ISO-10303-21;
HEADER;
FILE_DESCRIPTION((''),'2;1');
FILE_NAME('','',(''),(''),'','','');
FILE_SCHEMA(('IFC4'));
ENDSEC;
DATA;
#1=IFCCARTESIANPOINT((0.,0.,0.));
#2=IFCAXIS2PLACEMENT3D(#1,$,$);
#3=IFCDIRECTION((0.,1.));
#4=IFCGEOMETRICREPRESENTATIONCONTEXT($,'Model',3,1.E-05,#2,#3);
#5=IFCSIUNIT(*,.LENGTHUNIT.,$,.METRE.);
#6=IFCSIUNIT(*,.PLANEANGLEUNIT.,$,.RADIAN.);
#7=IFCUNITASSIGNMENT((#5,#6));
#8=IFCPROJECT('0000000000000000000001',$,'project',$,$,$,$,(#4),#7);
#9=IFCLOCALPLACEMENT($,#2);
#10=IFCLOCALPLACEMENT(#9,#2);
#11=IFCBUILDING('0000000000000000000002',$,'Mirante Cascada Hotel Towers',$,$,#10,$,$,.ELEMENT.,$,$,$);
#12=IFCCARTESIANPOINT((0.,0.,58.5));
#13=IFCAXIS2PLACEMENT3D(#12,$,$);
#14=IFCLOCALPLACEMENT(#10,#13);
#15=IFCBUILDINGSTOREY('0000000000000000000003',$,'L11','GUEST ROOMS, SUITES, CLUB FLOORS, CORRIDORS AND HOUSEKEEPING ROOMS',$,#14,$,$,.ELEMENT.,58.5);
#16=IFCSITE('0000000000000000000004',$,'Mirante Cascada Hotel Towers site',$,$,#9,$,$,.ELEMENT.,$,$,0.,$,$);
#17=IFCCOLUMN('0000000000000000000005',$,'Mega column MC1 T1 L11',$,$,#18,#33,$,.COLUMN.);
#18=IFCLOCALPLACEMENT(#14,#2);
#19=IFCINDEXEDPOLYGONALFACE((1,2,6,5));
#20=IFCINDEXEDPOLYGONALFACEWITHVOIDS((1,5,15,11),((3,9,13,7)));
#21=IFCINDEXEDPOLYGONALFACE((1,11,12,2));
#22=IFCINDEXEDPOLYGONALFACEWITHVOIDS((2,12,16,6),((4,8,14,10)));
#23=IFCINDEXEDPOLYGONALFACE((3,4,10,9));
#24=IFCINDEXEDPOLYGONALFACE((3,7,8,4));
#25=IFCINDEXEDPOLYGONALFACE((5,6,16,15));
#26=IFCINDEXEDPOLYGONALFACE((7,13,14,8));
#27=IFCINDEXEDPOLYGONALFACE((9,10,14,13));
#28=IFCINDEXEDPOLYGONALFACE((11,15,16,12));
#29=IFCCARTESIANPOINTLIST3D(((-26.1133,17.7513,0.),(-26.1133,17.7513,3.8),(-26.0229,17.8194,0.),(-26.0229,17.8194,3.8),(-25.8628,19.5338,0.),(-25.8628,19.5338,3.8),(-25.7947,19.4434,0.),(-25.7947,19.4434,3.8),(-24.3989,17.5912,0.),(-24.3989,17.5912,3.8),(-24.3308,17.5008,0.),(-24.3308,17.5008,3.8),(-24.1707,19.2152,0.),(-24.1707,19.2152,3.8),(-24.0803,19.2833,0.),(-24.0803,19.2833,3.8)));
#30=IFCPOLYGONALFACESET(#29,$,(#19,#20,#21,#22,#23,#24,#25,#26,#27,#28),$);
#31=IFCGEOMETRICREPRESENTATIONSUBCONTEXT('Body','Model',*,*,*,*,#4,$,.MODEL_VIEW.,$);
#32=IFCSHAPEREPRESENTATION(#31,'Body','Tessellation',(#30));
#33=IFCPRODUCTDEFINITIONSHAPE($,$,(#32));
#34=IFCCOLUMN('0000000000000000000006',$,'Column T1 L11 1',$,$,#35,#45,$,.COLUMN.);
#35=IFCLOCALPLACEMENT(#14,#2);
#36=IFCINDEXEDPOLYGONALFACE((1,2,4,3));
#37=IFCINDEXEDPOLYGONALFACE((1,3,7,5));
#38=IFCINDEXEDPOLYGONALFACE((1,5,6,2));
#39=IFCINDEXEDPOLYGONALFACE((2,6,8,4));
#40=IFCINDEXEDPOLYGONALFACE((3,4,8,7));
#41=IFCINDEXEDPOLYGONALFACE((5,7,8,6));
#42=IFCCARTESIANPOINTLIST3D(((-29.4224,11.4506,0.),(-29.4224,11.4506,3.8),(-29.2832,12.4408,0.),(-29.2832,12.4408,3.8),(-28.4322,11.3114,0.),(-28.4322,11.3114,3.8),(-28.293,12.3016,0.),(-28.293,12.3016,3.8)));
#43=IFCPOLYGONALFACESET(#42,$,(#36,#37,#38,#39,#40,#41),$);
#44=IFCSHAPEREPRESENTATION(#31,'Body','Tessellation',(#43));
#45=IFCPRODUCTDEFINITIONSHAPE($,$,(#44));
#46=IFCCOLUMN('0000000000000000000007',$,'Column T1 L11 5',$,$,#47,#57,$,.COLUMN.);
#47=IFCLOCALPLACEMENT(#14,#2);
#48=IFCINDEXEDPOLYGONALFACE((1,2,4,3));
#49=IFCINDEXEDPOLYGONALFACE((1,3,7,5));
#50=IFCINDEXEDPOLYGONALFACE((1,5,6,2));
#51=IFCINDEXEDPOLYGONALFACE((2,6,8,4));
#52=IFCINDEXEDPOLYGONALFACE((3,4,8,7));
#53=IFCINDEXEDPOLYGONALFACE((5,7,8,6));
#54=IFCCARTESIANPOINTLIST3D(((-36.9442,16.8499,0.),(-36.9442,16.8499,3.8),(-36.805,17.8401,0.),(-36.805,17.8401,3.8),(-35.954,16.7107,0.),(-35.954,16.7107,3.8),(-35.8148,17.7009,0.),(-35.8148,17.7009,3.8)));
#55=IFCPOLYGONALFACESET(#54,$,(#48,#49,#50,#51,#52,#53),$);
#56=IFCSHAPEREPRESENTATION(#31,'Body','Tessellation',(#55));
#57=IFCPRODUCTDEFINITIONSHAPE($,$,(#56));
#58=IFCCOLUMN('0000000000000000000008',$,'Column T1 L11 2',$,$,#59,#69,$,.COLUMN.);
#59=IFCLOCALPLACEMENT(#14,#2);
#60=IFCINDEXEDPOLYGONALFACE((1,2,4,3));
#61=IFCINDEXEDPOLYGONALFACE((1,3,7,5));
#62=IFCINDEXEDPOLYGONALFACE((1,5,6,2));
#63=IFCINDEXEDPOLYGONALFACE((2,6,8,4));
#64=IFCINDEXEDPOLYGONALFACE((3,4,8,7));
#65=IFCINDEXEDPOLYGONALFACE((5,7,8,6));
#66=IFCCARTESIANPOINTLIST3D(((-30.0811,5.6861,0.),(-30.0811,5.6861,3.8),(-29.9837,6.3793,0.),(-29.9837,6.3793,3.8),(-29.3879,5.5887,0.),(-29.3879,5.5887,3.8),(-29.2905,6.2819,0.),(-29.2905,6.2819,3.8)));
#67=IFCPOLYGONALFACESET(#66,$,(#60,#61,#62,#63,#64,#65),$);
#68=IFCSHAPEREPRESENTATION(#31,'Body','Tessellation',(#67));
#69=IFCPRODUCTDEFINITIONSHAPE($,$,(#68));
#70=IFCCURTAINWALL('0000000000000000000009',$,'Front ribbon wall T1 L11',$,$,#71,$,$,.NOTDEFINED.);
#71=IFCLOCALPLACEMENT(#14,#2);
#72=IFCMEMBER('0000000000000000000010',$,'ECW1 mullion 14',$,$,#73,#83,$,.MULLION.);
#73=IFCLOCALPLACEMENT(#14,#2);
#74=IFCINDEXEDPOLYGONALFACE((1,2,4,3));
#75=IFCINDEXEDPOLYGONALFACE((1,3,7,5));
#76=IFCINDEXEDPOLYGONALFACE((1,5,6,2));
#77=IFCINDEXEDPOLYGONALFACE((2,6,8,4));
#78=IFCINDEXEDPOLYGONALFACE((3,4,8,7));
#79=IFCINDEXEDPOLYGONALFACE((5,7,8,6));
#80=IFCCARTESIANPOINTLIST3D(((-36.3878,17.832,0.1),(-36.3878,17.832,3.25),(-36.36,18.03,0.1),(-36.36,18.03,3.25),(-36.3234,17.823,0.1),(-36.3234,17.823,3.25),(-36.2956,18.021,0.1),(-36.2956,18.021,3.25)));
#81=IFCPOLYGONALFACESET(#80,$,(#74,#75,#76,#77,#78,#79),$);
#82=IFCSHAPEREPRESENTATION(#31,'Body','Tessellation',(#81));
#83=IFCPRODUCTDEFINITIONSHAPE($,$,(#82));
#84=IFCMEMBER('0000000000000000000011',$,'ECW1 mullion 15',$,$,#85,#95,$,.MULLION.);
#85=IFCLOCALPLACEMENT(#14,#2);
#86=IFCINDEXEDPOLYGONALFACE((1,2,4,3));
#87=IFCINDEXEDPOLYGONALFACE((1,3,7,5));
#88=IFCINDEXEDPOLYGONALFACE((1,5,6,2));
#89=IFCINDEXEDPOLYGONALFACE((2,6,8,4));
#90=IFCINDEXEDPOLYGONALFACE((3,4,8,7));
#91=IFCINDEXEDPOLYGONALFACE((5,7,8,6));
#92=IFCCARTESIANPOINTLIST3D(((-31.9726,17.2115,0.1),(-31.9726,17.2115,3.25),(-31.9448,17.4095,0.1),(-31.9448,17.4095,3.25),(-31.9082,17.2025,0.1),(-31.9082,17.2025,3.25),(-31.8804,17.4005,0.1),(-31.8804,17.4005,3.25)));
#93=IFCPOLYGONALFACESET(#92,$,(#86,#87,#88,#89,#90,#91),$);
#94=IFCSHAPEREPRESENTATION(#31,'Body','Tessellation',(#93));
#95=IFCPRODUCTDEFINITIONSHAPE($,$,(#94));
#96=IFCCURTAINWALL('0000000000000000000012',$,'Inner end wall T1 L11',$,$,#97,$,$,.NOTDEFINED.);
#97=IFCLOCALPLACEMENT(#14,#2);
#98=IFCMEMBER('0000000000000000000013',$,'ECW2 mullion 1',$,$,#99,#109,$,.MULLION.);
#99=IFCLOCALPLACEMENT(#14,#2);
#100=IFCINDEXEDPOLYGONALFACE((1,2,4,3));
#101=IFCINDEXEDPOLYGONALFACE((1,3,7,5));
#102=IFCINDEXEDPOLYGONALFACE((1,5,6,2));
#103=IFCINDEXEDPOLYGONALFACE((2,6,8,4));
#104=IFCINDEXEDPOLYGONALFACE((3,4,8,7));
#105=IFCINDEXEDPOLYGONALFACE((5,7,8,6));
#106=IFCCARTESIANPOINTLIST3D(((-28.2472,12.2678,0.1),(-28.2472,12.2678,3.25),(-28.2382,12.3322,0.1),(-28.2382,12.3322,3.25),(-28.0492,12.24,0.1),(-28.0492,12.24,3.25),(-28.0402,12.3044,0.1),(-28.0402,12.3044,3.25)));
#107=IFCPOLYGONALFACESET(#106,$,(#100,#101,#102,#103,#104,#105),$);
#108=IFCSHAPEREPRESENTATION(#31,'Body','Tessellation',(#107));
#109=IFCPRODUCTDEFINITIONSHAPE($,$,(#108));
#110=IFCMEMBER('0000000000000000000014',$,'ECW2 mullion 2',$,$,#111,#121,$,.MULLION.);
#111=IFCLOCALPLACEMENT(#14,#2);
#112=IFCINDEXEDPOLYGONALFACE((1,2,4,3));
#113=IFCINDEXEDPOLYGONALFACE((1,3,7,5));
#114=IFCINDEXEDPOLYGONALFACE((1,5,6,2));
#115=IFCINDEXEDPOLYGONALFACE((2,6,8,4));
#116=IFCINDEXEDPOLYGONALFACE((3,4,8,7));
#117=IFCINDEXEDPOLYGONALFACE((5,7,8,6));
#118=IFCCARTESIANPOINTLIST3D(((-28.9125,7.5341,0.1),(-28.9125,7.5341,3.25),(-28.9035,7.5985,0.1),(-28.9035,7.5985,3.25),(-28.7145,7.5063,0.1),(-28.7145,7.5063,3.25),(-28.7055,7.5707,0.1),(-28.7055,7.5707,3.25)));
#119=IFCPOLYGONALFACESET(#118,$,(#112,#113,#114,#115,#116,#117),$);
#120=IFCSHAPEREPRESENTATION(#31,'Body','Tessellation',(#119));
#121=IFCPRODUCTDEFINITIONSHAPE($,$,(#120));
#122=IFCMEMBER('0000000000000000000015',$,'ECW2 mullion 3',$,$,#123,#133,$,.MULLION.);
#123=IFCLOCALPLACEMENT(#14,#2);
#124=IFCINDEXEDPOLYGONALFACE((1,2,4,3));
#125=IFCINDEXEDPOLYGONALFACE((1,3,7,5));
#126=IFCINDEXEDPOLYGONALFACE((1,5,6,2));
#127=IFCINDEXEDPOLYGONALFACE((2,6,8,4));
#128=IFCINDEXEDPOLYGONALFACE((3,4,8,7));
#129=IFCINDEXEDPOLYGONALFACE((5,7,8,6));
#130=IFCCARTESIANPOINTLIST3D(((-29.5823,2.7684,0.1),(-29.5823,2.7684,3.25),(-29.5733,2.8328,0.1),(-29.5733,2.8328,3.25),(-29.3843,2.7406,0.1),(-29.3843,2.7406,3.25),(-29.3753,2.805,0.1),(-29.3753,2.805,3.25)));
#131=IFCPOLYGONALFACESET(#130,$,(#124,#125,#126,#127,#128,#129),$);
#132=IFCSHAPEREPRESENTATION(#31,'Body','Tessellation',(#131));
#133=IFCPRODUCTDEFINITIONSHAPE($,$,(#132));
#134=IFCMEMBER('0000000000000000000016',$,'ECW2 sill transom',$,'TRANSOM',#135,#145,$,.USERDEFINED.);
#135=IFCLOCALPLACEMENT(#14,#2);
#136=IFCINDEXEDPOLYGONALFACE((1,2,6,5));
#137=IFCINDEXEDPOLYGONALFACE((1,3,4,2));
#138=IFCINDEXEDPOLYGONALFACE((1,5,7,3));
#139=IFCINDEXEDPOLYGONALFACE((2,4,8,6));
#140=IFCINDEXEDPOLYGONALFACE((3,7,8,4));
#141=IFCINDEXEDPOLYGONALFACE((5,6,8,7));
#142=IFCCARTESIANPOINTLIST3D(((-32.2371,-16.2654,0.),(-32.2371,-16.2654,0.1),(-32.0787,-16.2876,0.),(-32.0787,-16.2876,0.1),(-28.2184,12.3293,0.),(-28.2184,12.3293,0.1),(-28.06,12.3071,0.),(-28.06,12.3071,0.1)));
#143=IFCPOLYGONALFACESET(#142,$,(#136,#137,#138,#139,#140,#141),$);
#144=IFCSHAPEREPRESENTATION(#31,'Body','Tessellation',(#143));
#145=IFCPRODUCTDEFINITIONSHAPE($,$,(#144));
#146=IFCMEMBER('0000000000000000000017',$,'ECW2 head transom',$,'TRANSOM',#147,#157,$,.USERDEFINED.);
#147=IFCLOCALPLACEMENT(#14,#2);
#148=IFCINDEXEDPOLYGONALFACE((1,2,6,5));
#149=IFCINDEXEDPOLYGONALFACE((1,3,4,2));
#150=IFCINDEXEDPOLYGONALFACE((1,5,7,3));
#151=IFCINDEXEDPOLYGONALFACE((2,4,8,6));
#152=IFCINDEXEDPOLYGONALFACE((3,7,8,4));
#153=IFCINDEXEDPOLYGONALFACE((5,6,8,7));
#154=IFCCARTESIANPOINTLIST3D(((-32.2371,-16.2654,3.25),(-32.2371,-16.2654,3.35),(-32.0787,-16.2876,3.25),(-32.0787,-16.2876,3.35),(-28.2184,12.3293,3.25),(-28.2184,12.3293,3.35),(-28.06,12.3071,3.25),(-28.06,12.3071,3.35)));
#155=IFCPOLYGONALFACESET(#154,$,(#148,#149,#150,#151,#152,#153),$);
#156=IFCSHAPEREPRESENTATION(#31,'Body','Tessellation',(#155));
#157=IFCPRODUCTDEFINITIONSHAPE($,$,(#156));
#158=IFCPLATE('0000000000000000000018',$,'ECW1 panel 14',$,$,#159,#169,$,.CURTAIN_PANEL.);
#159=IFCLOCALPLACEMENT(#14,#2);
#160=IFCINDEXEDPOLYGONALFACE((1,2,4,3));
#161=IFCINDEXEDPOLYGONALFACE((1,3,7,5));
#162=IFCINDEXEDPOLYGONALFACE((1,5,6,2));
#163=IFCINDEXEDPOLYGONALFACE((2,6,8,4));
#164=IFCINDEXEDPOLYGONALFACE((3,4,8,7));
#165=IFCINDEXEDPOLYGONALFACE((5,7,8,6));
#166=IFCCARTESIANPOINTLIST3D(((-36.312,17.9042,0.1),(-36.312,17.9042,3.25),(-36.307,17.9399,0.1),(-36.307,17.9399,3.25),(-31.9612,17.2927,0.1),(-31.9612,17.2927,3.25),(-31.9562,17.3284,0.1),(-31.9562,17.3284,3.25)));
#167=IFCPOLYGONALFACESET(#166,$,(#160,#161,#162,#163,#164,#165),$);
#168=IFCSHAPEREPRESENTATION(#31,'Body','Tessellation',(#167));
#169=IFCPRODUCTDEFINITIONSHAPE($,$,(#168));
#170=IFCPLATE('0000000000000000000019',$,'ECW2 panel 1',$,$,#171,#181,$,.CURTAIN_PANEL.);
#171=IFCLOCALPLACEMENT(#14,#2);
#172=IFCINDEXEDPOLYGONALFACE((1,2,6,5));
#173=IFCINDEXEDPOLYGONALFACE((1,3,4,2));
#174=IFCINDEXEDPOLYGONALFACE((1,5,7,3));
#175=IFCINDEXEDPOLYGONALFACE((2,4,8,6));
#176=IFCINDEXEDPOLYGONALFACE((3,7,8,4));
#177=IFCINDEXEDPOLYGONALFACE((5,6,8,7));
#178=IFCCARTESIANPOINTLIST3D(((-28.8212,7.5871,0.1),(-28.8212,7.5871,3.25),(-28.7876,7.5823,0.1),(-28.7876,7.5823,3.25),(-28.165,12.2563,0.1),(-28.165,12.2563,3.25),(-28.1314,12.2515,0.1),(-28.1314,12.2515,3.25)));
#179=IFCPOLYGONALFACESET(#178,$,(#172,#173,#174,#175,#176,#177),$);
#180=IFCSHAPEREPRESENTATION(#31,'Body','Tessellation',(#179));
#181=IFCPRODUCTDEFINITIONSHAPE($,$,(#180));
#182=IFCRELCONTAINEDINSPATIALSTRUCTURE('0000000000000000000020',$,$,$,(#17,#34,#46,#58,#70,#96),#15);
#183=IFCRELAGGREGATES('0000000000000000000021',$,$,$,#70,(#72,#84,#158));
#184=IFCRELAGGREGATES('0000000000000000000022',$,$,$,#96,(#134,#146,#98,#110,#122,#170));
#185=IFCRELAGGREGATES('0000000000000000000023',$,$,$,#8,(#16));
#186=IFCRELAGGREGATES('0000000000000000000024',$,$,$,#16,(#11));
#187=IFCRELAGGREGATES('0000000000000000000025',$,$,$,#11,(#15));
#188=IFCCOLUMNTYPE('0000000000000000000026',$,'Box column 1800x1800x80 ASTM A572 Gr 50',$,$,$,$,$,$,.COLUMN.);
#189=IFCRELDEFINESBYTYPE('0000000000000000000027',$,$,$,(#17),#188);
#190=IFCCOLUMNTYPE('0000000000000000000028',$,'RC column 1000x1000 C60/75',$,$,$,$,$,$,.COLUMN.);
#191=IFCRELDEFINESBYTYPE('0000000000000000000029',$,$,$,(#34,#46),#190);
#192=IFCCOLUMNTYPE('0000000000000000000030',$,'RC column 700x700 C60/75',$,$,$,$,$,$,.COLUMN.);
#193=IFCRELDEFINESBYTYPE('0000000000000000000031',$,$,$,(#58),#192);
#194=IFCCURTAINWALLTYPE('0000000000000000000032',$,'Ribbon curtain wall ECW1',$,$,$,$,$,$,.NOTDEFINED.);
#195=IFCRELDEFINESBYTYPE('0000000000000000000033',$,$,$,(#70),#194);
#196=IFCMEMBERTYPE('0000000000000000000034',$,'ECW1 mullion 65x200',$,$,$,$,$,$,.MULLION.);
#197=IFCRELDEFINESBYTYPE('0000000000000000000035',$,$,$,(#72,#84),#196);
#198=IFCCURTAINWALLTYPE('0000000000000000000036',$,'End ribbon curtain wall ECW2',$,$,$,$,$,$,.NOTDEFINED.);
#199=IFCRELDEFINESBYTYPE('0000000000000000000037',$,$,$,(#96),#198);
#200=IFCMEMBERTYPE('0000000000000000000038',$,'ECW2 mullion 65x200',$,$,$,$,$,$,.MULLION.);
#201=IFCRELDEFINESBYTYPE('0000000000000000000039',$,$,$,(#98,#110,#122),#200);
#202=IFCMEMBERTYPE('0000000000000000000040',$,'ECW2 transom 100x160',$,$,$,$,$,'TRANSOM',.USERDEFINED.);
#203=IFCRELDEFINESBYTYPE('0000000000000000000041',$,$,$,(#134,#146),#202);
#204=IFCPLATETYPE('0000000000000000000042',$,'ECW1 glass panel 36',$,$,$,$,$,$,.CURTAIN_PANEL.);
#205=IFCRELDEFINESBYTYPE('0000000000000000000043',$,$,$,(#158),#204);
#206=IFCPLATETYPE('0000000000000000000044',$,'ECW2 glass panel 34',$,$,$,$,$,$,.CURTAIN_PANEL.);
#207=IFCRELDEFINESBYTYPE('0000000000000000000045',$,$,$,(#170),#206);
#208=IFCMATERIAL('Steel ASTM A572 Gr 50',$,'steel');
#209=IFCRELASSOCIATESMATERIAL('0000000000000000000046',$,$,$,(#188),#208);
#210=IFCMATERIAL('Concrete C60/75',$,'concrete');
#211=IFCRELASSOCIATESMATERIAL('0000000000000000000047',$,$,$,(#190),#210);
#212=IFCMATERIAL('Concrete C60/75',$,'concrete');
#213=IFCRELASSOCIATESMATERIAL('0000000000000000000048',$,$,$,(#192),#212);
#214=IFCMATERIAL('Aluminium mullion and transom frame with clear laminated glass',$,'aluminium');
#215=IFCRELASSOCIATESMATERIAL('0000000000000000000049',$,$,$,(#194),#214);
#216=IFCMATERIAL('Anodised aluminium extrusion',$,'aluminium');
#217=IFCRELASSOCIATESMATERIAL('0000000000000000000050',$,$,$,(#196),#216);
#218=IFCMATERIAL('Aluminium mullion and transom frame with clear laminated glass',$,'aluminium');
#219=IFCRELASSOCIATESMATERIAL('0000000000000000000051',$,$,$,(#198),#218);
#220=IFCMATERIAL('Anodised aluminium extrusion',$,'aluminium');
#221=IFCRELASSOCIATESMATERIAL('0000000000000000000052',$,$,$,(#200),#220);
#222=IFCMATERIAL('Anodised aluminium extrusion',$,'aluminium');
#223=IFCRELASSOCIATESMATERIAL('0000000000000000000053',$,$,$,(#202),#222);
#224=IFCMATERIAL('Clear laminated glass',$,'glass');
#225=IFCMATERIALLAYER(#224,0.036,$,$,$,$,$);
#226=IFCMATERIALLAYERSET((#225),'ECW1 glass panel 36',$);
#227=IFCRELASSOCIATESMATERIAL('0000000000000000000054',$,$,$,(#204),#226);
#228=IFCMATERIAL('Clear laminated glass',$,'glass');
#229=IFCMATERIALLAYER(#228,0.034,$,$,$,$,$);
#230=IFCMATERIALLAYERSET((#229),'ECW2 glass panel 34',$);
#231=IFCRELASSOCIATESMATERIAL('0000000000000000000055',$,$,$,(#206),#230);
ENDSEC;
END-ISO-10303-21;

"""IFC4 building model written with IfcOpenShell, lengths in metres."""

from ifc_helpers import new_model, si_unit, direction, frame, origin, origin_2d, place, context, subcontext, project, spatial, rectangle, hollow_rectangle, extrude, material, layer, layer_set, material_profile, profile_set, type_object, element, aggregate, save


model = new_model("IFC4")

# Units and contexts
model_context = context("Model", 3, precision=1e-05, world=origin(), true_north=direction((0.0, 1.0)))
body_context = subcontext(model_context, "Body", "Model", "MODEL_VIEW")
ifc_project = project(units=[si_unit("LENGTHUNIT", "METRE"), si_unit("PLANEANGLEUNIT", "RADIAN")], contexts=[model_context])

# Site, building, storey
site_placement = place(None, origin())
site = spatial("IfcSite", under=ifc_project, at=site_placement, Name="Mirante Cascada Hotel Towers site", CompositionType="ELEMENT", RefElevation=0.0)
building_placement = place(site_placement, origin())
building = spatial("IfcBuilding", under=site, at=building_placement, Name="Mirante Cascada Hotel Towers", CompositionType="ELEMENT")
storey_placement = place(building_placement, frame((0.0, 0.0, 58.5)))
storey = spatial("IfcBuildingStorey", under=building, at=storey_placement, Name="L11", Description="GUEST ROOMS, SUITES, CLUB FLOORS, CORRIDORS AND HOUSEKEEPING ROOMS", CompositionType="ELEMENT", Elevation=58.5)

# Columns
ifc_material_1 = material(Name="Steel ASTM A572 Gr 50", Category="steel")
ifc_material_profile_1 = material_profile(ifc_material_1, hollow_rectangle(XDim=1.8, YDim=1.8, WallThickness=0.08, at=origin_2d()), Name="Box column 1800x1800x80 ASTM A572 Gr 50")
ifc_profile_set_1 = profile_set([ifc_material_profile_1], Name="Steel ASTM A572 Gr 50")
column_type_1 = type_object("IfcColumnType", Name="Box column 1800x1800x80 ASTM A572 Gr 50", PredefinedType="COLUMN", material=ifc_profile_set_1)
column_1_placement = place(storey_placement, frame((-25.0968, 18.5173, 0.0), z_axis=(0.0, 0.0, 1.0), x_axis=(-0.990268, 0.139173, 0.0)))
element("IfcColumn", 1, at=column_1_placement, inside=storey, type_object=column_type_1, Name="Mega column MC1 T1 L11", PredefinedType="COLUMN", context=body_context, shape_type="SweptSolid", body=[
    extrude(hollow_rectangle(XDim=1.8, YDim=1.8, WallThickness=0.08, at=origin_2d()), origin(), (0.0, 0.0, 1.0), 3.8),
])
ifc_material_2 = material(Name="Concrete C60/75", Category="concrete")
ifc_material_profile_2 = material_profile(ifc_material_2, rectangle(XDim=1.0, YDim=1.0, at=origin_2d()), Name="RC column 1000x1000 C60/75")
ifc_profile_set_2 = profile_set([ifc_material_profile_2], Name="Concrete C60/75")
column_type_2 = type_object("IfcColumnType", Name="RC column 1000x1000 C60/75", PredefinedType="COLUMN", material=ifc_profile_set_2)
for number, where, z_axis, x_axis, name in (
    (2, (-28.8577, 11.8761, 0.0), (0.0, 0.0, 1.0), (-0.990268, 0.139173, 0.0), "Column T1 L11 1"),
    (3, (-36.3795, 17.2754, 0.0), (0.0, 0.0, 1.0), (-0.990268, 0.139173, 0.0), "Column T1 L11 5"),
):
    element("IfcColumn", number, at=place(storey_placement, frame(where, z_axis=z_axis, x_axis=x_axis)), inside=storey, type_object=column_type_2, Name=name, PredefinedType="COLUMN", context=body_context, shape_type="SweptSolid", body=[
        extrude(rectangle(XDim=1.0, YDim=1.0, at=origin_2d()), origin(), (0.0, 0.0, 1.0), 3.8),
    ])
ifc_material_3 = material(Name="Concrete C60/75", Category="concrete")
ifc_material_profile_3 = material_profile(ifc_material_3, rectangle(XDim=0.7, YDim=0.7, at=origin_2d()), Name="RC column 700x700 C60/75")
ifc_profile_set_3 = profile_set([ifc_material_profile_3], Name="Concrete C60/75")
column_type_3 = type_object("IfcColumnType", Name="RC column 700x700 C60/75", PredefinedType="COLUMN", material=ifc_profile_set_3)
column_2_placement = place(storey_placement, frame((-29.6858, 5.984, 0.0), z_axis=(0.0, 0.0, 1.0), x_axis=(-0.990268, 0.139173, 0.0)))
element("IfcColumn", 4, at=column_2_placement, inside=storey, type_object=column_type_3, Name="Column T1 L11 2", PredefinedType="COLUMN", context=body_context, shape_type="SweptSolid", body=[
    extrude(rectangle(XDim=0.7, YDim=0.7, at=origin_2d()), origin(), (0.0, 0.0, 1.0), 3.8),
])

# Curtain walls, members
ifc_material_4 = material(Name="Aluminium mullion and transom frame with clear laminated glass", Category="aluminium")
curtain_wall_type_1 = type_object("IfcCurtainWallType", Name="Ribbon curtain wall ECW1", PredefinedType="NOTDEFINED", material=ifc_material_4)
curtain_wall_1_placement = place(storey_placement, origin())
curtain_wall_1 = element("IfcCurtainWall", 5, at=curtain_wall_1_placement, inside=storey, type_object=curtain_wall_type_1, Name="Front ribbon wall T1 L11", PredefinedType="NOTDEFINED")
ifc_material_5 = material(Name="Anodised aluminium extrusion", Category="aluminium")
ifc_material_profile_4 = material_profile(ifc_material_5, rectangle(XDim=0.2, YDim=0.065, at=origin_2d()), Name="ECW1 MULLION 65x200")
ifc_profile_set_4 = profile_set([ifc_material_profile_4], Name="Anodised aluminium extrusion")
member_type_1 = type_object("IfcMemberType", Name="ECW1 mullion 65x200", PredefinedType="MULLION", material=ifc_profile_set_4)
member_1_placement = place(storey_placement, frame((-36.3417, 17.9265, 0.1), z_axis=(0.0, 0.0, 1.0), x_axis=(0.139173, 0.990268, 0.0)))
member_1 = element("IfcMember", 6, at=member_1_placement, type_object=member_type_1, Name="ECW1 mullion 14", PredefinedType="MULLION", context=body_context, shape_type="SweptSolid", body=[
    extrude(rectangle(XDim=0.2, YDim=0.065, at=origin_2d()), origin(), (0.0, 0.0, 1.0), 3.15),
])
member_2_placement = place(storey_placement, frame((-31.9265, 17.306, 0.1), z_axis=(0.0, 0.0, 1.0), x_axis=(0.139173, 0.990268, 0.0)))
member_2 = element("IfcMember", 7, at=member_2_placement, type_object=member_type_1, Name="ECW1 mullion 15", PredefinedType="MULLION", context=body_context, shape_type="SweptSolid", body=[
    extrude(rectangle(XDim=0.2, YDim=0.065, at=origin_2d()), origin(), (0.0, 0.0, 1.0), 3.15),
])
ifc_material_6 = material(Name="Aluminium mullion and transom frame with clear laminated glass", Category="aluminium")
curtain_wall_type_2 = type_object("IfcCurtainWallType", Name="End ribbon curtain wall ECW2", PredefinedType="NOTDEFINED", material=ifc_material_6)
curtain_wall_2_placement = place(storey_placement, origin())
curtain_wall_2 = element("IfcCurtainWall", 8, at=curtain_wall_2_placement, inside=storey, type_object=curtain_wall_type_2, Name="Inner end wall T1 L11", PredefinedType="NOTDEFINED")
ifc_material_7 = material(Name="Anodised aluminium extrusion", Category="aluminium")
ifc_material_profile_5 = material_profile(ifc_material_7, rectangle(XDim=0.2, YDim=0.065, at=origin_2d()), Name="ECW2 MULLION 65x200")
ifc_profile_set_5 = profile_set([ifc_material_profile_5], Name="Anodised aluminium extrusion")
member_type_2 = type_object("IfcMemberType", Name="ECW2 mullion 65x200", PredefinedType="MULLION", material=ifc_profile_set_5)
member_3_placement = place(storey_placement, frame((-28.1437, 12.2861, 0.1), z_axis=(0.0, 0.0, 1.0), x_axis=(0.990268, -0.139173, 0.0)))
member_3 = element("IfcMember", 9, at=member_3_placement, type_object=member_type_2, Name="ECW2 mullion 1", PredefinedType="MULLION", context=body_context, shape_type="SweptSolid", body=[
    extrude(rectangle(XDim=0.2, YDim=0.065, at=origin_2d()), origin(), (0.0, 0.0, 1.0), 3.15),
])
member_4_placement = place(storey_placement, frame((-28.809, 7.5524, 0.1), z_axis=(0.0, 0.0, 1.0), x_axis=(0.990268, -0.139173, 0.0)))
member_4 = element("IfcMember", 10, at=member_4_placement, type_object=member_type_2, Name="ECW2 mullion 2", PredefinedType="MULLION", context=body_context, shape_type="SweptSolid", body=[
    extrude(rectangle(XDim=0.2, YDim=0.065, at=origin_2d()), origin(), (0.0, 0.0, 1.0), 3.15),
])
member_5_placement = place(storey_placement, frame((-29.4788, 2.7867, 0.1), z_axis=(0.0, 0.0, 1.0), x_axis=(0.990268, -0.139173, 0.0)))
member_5 = element("IfcMember", 11, at=member_5_placement, type_object=member_type_2, Name="ECW2 mullion 3", PredefinedType="MULLION", context=body_context, shape_type="SweptSolid", body=[
    extrude(rectangle(XDim=0.2, YDim=0.065, at=origin_2d()), origin(), (0.0, 0.0, 1.0), 3.15),
])
ifc_material_8 = material(Name="Anodised aluminium extrusion", Category="aluminium")
ifc_material_profile_6 = material_profile(ifc_material_8, rectangle(XDim=0.16, YDim=0.1, at=origin_2d()), Name="ECW2 TRANSOM 100x160")
ifc_profile_set_6 = profile_set([ifc_material_profile_6], Name="Anodised aluminium extrusion")
member_type_3 = type_object("IfcMemberType", Name="ECW2 transom 100x160", ElementType="TRANSOM", PredefinedType="USERDEFINED", material=ifc_profile_set_6)
member_6_placement = place(storey_placement, frame((-28.1392, 12.3182, 0.05), z_axis=(-0.139172, -0.990268, 0.0), x_axis=(0.990268, -0.139172, 0.0)))
member_6 = element("IfcMember", 12, at=member_6_placement, type_object=member_type_3, Name="ECW2 sill transom", ObjectType="TRANSOM", PredefinedType="USERDEFINED", context=body_context, shape_type="SweptSolid", body=[
    extrude(rectangle(XDim=0.16, YDim=0.1, at=origin_2d()), origin(), (0.0, 0.0, 1.0), 28.8757),
])
member_7_placement = place(storey_placement, frame((-28.1392, 12.3182, 3.3), z_axis=(-0.139172, -0.990268, 0.0), x_axis=(0.990268, -0.139172, 0.0)))
member_7 = element("IfcMember", 13, at=member_7_placement, type_object=member_type_3, Name="ECW2 head transom", ObjectType="TRANSOM", PredefinedType="USERDEFINED", context=body_context, shape_type="SweptSolid", body=[
    extrude(rectangle(XDim=0.16, YDim=0.1, at=origin_2d()), origin(), (0.0, 0.0, 1.0), 28.8757),
])

# Plates
ifc_material_9 = material(Name="Clear laminated glass", Category="glass")
ifc_layer_1 = layer(ifc_material_9, 0.036)
ifc_layer_set_1 = layer_set([ifc_layer_1], Name="ECW1 glass panel 36")
plate_type_1 = type_object("IfcPlateType", Name="ECW1 glass panel 36", PredefinedType="CURTAIN_PANEL", material=ifc_layer_set_1)
plate_1_placement = place(storey_placement, frame((-34.1341, 17.6163, 0.1), z_axis=(0.0, 0.0, 1.0), x_axis=(0.990268, -0.139173, 0.0)))
plate_1 = element("IfcPlate", 14, at=plate_1_placement, type_object=plate_type_1, Name="ECW1 panel 14", PredefinedType="CURTAIN_PANEL", context=body_context, shape_type="SweptSolid", body=[
    extrude(rectangle(XDim=4.3936, YDim=0.036, at=origin_2d()), origin(), (0.0, 0.0, 1.0), 3.15),
])
aggregate(curtain_wall_1, [member_1, member_2, plate_1])
ifc_material_10 = material(Name="Clear laminated glass", Category="glass")
ifc_layer_2 = layer(ifc_material_10, 0.034)
ifc_layer_set_2 = layer_set([ifc_layer_2], Name="ECW2 glass panel 34")
plate_type_2 = type_object("IfcPlateType", Name="ECW2 glass panel 34", PredefinedType="CURTAIN_PANEL", material=ifc_layer_set_2)
plate_2_placement = place(storey_placement, frame((-28.4763, 9.9193, 0.1), z_axis=(0.0, 0.0, 1.0), x_axis=(-0.139173, -0.990268, 0.0)))
plate_2 = element("IfcPlate", 15, at=plate_2_placement, type_object=plate_type_2, Name="ECW2 panel 1", PredefinedType="CURTAIN_PANEL", context=body_context, shape_type="SweptSolid", body=[
    extrude(rectangle(XDim=4.7151, YDim=0.034, at=origin_2d()), origin(), (0.0, 0.0, 1.0), 3.15),
])
aggregate(curtain_wall_2, [member_6, member_7, member_3, member_4, member_5, plate_2])

save(model, "model.ifc")
